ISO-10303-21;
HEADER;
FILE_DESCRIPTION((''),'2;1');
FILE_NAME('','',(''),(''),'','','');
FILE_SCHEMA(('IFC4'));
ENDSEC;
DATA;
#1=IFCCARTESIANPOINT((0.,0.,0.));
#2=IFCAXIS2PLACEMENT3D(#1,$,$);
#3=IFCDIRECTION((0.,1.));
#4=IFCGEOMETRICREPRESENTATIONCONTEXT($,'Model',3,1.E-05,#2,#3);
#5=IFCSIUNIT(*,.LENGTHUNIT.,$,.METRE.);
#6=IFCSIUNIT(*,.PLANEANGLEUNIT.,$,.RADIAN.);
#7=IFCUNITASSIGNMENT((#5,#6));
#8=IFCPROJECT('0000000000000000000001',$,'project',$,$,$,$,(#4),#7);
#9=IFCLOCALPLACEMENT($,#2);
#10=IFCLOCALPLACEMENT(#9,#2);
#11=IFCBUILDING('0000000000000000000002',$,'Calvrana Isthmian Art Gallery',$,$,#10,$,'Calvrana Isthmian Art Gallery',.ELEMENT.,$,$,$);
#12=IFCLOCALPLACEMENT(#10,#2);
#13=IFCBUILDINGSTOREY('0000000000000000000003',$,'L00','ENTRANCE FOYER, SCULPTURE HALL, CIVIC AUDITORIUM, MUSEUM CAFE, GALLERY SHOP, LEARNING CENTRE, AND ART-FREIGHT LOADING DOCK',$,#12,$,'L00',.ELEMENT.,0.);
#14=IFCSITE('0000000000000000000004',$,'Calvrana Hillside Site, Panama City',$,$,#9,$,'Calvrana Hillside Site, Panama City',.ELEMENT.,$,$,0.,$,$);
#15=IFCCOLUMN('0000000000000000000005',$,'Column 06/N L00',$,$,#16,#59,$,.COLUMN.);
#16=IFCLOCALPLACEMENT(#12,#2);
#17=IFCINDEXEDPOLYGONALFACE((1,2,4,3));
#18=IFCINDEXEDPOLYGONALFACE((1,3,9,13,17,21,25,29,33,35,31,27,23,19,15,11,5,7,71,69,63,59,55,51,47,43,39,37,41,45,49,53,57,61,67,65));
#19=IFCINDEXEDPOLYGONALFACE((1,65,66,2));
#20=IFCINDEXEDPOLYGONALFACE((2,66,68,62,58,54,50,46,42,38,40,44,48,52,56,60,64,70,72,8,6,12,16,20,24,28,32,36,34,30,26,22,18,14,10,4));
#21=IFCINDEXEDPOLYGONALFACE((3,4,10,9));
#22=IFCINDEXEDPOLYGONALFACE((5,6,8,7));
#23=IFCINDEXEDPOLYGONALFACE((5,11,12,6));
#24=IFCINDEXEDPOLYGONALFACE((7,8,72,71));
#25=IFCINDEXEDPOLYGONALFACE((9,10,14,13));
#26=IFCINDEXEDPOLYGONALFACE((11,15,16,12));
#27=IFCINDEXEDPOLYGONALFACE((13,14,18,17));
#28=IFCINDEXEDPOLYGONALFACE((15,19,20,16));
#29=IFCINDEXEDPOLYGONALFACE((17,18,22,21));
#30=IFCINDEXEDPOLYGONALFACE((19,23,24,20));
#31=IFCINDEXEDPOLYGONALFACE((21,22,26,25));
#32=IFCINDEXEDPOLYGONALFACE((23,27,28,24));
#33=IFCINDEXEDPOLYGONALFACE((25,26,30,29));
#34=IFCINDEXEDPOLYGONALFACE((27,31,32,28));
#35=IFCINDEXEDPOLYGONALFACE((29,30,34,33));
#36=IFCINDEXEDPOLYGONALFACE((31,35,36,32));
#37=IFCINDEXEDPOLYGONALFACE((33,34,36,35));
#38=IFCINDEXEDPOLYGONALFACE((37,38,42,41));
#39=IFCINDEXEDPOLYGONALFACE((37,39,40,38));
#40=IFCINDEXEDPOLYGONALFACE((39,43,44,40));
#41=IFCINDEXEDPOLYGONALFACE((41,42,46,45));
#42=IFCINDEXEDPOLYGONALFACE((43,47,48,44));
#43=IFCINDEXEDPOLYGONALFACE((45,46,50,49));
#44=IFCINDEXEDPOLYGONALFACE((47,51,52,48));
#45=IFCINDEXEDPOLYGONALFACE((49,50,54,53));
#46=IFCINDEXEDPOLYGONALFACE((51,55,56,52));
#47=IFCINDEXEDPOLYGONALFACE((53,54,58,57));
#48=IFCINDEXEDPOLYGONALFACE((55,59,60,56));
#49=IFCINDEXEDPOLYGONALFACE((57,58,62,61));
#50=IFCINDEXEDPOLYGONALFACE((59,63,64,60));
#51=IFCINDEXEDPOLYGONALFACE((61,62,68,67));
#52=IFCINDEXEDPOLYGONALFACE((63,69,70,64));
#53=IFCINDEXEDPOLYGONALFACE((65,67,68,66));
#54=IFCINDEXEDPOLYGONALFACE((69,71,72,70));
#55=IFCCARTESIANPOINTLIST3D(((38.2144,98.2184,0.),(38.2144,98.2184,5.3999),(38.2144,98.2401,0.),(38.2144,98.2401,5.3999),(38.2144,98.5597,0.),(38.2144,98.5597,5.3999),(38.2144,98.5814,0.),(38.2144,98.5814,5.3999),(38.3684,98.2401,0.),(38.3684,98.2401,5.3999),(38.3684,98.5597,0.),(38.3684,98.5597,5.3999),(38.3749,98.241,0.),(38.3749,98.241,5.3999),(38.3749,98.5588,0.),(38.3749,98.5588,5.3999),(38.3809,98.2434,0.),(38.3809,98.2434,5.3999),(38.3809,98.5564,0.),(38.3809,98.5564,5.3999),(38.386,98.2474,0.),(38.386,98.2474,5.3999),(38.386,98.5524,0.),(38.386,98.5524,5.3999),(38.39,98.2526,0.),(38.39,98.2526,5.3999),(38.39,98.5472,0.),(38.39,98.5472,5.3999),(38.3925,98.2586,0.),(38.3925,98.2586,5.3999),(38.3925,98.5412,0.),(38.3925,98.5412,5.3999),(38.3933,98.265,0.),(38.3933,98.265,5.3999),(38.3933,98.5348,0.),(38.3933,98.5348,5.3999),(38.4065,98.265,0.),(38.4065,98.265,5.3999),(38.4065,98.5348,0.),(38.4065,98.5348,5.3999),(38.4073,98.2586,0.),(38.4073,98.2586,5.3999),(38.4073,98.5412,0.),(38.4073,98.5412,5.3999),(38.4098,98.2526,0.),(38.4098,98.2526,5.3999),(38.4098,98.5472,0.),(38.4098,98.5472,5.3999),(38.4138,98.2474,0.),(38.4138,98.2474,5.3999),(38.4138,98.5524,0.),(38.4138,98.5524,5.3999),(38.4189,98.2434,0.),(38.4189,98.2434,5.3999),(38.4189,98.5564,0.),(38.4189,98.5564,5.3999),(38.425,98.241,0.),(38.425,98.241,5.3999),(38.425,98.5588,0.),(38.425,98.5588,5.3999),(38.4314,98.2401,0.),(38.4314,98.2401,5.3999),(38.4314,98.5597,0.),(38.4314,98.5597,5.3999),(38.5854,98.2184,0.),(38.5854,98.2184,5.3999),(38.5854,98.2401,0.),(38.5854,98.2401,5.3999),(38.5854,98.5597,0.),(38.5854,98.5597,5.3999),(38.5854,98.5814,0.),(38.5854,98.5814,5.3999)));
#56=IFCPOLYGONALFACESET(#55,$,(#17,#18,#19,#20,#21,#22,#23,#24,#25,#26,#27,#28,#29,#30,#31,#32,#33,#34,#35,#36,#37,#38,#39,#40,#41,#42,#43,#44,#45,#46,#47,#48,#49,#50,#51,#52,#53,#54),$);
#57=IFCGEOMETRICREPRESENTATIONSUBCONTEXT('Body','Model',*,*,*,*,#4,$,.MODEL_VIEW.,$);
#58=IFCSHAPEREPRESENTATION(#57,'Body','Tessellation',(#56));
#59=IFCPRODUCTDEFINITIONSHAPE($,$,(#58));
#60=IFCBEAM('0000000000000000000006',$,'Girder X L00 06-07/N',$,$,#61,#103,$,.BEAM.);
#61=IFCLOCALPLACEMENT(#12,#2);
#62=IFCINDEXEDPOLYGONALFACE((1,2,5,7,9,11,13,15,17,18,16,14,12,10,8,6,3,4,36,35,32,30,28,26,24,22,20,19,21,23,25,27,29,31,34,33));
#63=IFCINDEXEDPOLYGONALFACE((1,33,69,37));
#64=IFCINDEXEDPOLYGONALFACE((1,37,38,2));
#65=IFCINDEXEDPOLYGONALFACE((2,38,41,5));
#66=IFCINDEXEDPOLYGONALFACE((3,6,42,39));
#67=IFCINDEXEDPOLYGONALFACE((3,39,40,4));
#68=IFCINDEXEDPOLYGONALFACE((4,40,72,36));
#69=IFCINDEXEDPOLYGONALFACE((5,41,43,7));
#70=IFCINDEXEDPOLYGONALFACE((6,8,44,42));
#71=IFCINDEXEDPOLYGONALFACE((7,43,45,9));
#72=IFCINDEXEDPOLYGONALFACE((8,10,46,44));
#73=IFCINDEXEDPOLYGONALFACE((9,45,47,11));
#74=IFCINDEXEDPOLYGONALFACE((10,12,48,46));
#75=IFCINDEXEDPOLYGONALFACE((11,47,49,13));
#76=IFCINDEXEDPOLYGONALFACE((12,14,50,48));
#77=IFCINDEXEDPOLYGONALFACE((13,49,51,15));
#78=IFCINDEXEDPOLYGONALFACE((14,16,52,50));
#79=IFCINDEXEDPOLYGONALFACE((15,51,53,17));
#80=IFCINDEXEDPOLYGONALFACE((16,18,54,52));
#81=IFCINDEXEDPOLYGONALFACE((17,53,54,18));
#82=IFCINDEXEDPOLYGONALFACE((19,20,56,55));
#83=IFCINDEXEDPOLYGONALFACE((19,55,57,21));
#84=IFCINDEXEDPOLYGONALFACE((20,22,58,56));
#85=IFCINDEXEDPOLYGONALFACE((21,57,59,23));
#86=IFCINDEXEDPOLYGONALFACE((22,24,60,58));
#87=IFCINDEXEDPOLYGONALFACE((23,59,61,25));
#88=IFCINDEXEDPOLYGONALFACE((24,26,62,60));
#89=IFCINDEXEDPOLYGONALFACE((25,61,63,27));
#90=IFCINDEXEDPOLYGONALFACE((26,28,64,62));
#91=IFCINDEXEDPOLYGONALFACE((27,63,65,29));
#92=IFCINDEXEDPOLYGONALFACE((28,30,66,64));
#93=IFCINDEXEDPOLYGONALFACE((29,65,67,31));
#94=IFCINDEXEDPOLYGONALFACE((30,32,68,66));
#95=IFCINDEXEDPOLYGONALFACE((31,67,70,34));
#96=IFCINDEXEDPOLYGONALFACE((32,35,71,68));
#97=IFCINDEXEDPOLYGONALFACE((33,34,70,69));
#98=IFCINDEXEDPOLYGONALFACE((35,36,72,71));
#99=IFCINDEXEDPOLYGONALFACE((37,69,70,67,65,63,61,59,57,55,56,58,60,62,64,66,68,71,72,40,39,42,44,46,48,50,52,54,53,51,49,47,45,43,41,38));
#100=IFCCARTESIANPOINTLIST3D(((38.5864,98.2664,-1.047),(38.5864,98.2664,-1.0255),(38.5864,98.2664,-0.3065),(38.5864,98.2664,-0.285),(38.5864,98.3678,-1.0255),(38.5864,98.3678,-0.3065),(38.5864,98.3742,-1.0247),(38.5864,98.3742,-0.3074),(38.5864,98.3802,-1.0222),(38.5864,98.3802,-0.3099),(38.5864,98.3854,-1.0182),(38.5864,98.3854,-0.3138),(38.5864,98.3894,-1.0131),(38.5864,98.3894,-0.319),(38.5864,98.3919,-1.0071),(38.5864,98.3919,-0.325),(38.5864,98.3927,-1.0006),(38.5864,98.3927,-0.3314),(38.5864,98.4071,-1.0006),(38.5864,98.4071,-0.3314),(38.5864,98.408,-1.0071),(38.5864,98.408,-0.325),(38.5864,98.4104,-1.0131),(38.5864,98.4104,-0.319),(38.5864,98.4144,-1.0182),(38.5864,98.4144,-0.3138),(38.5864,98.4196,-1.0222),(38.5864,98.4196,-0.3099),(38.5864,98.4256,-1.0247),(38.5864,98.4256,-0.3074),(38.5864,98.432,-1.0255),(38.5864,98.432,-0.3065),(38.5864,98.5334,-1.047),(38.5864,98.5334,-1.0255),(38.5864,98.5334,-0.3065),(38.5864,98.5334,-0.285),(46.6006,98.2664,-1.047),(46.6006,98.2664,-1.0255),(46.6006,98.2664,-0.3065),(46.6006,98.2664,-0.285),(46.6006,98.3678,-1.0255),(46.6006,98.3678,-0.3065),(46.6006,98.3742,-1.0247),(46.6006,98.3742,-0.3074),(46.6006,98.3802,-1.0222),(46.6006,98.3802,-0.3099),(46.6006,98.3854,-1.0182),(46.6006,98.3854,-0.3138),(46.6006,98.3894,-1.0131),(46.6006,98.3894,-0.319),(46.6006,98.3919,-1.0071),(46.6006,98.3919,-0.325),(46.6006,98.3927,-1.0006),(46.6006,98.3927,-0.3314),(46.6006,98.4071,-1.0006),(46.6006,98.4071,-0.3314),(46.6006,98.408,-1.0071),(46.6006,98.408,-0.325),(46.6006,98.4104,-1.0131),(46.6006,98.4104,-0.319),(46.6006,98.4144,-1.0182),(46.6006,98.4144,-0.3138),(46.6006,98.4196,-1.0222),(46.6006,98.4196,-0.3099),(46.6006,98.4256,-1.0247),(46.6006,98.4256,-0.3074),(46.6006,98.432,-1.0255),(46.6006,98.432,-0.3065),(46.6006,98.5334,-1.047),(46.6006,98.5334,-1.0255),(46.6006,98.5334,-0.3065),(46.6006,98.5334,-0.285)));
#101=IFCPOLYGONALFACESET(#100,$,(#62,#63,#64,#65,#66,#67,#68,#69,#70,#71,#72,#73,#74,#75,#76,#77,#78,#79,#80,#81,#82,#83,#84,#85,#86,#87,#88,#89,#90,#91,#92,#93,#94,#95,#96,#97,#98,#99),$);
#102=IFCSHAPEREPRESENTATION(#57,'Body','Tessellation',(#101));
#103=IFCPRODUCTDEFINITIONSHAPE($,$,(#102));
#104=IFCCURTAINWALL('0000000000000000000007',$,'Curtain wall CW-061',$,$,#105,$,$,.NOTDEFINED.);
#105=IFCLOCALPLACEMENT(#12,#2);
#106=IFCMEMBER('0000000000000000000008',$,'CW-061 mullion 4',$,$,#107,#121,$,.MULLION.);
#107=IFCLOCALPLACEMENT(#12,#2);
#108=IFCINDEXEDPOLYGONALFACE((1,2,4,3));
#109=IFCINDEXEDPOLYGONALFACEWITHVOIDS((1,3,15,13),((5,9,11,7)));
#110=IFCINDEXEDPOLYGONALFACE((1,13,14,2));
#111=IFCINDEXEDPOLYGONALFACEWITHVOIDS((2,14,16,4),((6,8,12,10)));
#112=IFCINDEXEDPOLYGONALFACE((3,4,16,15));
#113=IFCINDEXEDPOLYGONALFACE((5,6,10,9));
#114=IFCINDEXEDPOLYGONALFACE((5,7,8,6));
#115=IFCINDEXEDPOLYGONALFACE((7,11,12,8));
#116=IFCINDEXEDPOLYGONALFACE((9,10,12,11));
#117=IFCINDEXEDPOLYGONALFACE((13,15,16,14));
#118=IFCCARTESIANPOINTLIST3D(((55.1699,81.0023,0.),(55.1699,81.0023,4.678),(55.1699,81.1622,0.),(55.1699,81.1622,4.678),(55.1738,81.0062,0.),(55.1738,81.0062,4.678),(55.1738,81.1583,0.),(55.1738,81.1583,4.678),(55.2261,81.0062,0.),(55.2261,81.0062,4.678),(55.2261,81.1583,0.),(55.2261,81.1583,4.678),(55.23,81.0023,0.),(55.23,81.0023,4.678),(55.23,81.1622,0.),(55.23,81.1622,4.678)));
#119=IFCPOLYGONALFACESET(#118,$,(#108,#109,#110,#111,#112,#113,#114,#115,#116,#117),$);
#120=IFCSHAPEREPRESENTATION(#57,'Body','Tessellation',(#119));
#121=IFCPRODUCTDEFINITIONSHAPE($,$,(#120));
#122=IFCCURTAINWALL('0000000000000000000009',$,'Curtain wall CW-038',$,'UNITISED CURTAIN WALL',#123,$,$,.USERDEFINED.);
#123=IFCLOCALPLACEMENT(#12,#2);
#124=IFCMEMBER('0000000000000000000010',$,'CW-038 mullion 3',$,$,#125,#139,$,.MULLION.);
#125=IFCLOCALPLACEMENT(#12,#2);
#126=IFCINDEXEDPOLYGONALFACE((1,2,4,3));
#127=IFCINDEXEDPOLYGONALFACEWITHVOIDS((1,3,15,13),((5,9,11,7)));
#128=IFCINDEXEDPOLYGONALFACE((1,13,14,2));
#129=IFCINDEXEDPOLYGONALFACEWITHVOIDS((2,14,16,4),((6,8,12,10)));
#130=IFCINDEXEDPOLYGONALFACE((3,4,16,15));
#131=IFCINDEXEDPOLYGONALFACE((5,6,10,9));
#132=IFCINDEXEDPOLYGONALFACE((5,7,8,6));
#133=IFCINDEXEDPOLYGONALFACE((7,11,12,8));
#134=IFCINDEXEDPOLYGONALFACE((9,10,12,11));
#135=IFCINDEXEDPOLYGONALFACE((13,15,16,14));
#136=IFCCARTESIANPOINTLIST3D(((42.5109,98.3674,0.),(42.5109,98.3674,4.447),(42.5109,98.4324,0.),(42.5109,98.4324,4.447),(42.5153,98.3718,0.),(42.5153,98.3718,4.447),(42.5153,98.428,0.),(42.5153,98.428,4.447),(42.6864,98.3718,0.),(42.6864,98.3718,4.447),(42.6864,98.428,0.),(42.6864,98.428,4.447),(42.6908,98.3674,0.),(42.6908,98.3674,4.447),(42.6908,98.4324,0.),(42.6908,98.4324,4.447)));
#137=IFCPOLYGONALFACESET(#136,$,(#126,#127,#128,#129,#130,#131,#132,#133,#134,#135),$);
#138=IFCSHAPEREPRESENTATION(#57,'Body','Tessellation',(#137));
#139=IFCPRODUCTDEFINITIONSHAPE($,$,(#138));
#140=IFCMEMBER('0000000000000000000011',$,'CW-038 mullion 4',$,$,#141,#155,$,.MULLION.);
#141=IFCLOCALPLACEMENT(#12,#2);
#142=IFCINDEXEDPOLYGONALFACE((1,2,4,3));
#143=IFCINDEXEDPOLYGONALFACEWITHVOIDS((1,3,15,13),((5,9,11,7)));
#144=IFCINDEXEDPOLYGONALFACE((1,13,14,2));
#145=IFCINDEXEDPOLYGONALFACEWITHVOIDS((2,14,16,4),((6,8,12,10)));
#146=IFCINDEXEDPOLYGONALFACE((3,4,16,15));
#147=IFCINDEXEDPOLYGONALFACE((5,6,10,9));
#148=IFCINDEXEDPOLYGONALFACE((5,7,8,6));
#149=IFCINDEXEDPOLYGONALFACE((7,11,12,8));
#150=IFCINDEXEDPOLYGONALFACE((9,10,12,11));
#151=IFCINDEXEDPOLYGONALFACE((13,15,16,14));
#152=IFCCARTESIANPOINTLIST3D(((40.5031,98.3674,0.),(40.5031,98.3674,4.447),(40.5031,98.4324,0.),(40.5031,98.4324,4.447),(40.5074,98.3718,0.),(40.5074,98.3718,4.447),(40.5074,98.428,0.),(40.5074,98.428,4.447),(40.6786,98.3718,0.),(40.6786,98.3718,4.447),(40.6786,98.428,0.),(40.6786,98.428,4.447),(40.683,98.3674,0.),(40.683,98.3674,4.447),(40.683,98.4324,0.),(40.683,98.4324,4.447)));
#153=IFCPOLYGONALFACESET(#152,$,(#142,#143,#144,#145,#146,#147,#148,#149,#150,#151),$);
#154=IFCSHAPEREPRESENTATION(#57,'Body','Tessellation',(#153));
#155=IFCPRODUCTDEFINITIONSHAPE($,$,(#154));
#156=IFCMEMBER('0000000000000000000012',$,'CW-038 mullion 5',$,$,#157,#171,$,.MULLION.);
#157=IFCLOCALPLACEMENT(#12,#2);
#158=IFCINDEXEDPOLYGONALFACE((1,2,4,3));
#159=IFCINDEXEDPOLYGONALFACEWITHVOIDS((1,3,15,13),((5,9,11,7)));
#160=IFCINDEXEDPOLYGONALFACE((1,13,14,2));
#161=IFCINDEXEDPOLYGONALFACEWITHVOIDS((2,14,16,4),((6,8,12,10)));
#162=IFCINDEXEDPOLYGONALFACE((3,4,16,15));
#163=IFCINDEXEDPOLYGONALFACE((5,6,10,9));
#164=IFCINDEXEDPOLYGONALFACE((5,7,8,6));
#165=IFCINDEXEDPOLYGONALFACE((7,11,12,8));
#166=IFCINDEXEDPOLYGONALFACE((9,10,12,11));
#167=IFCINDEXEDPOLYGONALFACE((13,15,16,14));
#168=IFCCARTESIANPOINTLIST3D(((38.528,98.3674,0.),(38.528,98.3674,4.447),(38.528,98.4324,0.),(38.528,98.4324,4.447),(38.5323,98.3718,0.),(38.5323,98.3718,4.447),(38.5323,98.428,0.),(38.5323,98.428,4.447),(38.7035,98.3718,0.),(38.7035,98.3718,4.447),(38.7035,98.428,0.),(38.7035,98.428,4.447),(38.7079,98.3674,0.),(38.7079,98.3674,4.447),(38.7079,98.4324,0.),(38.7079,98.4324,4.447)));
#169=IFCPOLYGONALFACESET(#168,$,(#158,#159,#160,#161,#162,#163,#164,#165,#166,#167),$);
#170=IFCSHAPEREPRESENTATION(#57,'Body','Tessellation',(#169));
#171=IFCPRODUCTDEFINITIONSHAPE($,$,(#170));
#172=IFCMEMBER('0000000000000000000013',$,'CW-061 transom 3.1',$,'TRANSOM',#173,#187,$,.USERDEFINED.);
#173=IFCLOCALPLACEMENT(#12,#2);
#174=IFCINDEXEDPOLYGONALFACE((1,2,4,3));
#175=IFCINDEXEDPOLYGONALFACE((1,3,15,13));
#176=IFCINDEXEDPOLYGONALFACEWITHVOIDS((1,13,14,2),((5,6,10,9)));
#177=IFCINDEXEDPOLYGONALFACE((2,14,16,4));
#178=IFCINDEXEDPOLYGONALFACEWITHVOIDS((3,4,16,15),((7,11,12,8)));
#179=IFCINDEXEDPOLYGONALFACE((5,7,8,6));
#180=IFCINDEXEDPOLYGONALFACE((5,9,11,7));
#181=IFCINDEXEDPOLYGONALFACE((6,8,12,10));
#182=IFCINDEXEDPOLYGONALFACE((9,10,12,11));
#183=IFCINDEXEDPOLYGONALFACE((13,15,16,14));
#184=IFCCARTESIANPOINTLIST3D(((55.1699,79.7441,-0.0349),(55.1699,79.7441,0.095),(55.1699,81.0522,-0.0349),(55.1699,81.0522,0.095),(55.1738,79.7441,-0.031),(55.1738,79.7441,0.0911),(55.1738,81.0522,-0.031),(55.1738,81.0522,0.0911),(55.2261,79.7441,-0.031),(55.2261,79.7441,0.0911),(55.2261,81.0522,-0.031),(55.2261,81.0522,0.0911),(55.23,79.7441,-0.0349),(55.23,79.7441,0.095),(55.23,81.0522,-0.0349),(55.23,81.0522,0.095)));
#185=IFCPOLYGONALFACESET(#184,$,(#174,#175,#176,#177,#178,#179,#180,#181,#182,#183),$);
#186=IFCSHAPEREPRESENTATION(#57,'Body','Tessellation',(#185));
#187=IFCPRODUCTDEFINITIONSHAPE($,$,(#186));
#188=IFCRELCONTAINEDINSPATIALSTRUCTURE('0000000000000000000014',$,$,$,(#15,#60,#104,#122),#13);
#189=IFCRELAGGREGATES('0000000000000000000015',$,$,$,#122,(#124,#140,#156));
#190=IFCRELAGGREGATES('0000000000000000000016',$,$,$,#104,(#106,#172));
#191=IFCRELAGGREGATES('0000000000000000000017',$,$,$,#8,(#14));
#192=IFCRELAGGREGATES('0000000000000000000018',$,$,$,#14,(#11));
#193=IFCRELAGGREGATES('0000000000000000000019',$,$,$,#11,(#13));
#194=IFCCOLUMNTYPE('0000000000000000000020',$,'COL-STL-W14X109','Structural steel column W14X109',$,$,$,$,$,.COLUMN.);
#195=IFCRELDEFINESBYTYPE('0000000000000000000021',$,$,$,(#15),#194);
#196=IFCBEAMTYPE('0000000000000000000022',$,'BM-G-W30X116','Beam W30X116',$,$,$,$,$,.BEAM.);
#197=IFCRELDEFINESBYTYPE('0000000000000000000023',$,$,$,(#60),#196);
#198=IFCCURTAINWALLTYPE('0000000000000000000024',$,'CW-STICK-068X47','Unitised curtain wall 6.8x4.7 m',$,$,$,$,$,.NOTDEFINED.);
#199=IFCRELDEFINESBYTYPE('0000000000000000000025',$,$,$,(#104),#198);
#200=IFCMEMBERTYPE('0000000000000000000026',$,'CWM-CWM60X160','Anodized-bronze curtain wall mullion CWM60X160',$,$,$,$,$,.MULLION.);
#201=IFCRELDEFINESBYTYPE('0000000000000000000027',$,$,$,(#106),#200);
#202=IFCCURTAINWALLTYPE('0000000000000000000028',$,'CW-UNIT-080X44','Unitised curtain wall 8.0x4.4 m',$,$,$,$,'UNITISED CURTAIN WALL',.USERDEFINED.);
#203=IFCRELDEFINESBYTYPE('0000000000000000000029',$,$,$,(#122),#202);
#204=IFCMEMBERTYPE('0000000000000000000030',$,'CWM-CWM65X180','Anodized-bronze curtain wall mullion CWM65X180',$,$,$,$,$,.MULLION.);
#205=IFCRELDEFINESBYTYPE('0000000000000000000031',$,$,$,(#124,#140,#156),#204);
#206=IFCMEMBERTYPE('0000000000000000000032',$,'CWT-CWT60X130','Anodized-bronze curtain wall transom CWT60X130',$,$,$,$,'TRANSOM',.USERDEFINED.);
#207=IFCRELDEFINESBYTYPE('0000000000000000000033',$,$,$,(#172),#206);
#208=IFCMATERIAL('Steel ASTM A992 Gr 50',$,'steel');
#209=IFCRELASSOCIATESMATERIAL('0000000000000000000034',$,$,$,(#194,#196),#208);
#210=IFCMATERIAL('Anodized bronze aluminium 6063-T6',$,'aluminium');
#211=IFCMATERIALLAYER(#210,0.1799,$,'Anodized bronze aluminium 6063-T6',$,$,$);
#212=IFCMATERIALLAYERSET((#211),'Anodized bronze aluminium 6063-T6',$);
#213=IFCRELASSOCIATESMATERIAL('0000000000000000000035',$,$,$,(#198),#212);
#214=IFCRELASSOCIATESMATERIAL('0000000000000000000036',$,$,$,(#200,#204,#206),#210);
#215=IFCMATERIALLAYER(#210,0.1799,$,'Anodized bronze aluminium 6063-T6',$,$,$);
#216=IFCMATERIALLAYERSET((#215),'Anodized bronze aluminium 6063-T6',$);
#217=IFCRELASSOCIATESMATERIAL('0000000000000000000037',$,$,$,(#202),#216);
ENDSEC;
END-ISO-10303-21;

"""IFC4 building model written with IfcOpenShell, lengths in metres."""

from ifc_helpers import new_model, si_unit, direction, frame, origin, origin_2d, place, context, subcontext, project, spatial, hollow_rectangle, i_section, extrude, material, layer, layer_set, material_profile, profile_set, type_object, element, aggregate, save


model = new_model("IFC4")

# Units and contexts
model_context = context("Model", 3, precision=1e-05, world=origin(), true_north=direction((0.0, 1.0)))
body_context = subcontext(model_context, "Body", "Model", "MODEL_VIEW")
ifc_project = project(units=[si_unit("LENGTHUNIT", "METRE"), si_unit("PLANEANGLEUNIT", "RADIAN")], contexts=[model_context])

# Site, building, storey
site_placement = place(None, origin())
site = spatial("IfcSite", under=ifc_project, at=site_placement, Name="Calvrana Hillside Site, Panama City", LongName="Calvrana Hillside Site, Panama City", CompositionType="ELEMENT", RefElevation=0.0)
building_placement = place(site_placement, origin())
building = spatial("IfcBuilding", under=site, at=building_placement, Name="Calvrana Isthmian Art Gallery", LongName="Calvrana Isthmian Art Gallery", CompositionType="ELEMENT")
storey_placement = place(building_placement, origin())
storey = spatial("IfcBuildingStorey", under=building, at=storey_placement, Name="L00", Description="ENTRANCE FOYER, SCULPTURE HALL, CIVIC AUDITORIUM, MUSEUM CAFE, GALLERY SHOP, LEARNING CENTRE, AND ART-FREIGHT LOADING DOCK", LongName="L00", CompositionType="ELEMENT", Elevation=0.0)

# Column
ifc_material_1 = material(Name="Steel ASTM A992 Gr 50", Category="steel")
ifc_material_profile_1 = material_profile(ifc_material_1, i_section(OverallWidth=0.3711, OverallDepth=0.363, WebThickness=0.0132, FlangeThickness=0.0217, FilletRadius=0.0249, at=origin_2d()), Name="W14X109")
ifc_profile_set_1 = profile_set([ifc_material_profile_1], Name="Steel ASTM A992 Gr 50")
column_type = type_object("IfcColumnType", Name="COL-STL-W14X109", Description="Structural steel column W14X109", PredefinedType="COLUMN", material=ifc_profile_set_1)
column_placement = place(storey_placement, frame((38.3999, 98.3999, 0.0), z_axis=(0.0, 0.0, 1.0), x_axis=(1.0, 0.0, 0.0)))
element("IfcColumn", 1, at=column_placement, inside=storey, type_object=column_type, Name="Column 06/N L00", PredefinedType="COLUMN", context=body_context, shape_type="SweptSolid", body=[
    extrude(i_section(OverallWidth=0.3711, OverallDepth=0.363, WebThickness=0.0132, FlangeThickness=0.0217, FilletRadius=0.0249, at=origin_2d()), origin(), (0.0, 0.0, 1.0), 5.3999),
])

# Beam
ifc_material_profile_2 = material_profile(ifc_material_1, i_section(OverallWidth=0.2671, OverallDepth=0.762, WebThickness=0.0144, FlangeThickness=0.0215, FilletRadius=0.0249, at=origin_2d()), Name="W30X116")
ifc_profile_set_2 = profile_set([ifc_material_profile_2], Name="Steel ASTM A992 Gr 50")
beam_type = type_object("IfcBeamType", Name="BM-G-W30X116", Description="Beam W30X116", PredefinedType="BEAM", material=ifc_profile_set_2)
beam_placement = place(storey_placement, frame((38.5864, 98.3999, -0.666), z_axis=(1.0, 0.0, 0.0), x_axis=(0.0, 1.0, 0.0)))
element("IfcBeam", 2, at=beam_placement, inside=storey, type_object=beam_type, Name="Girder X L00 06-07/N", PredefinedType="BEAM", context=body_context, shape_type="SweptSolid", body=[
    extrude(i_section(OverallWidth=0.2671, OverallDepth=0.762, WebThickness=0.0144, FlangeThickness=0.0215, FilletRadius=0.0249, at=origin_2d()), origin(), (0.0, 0.0, 1.0), 8.0142),
])

# Curtain wall, member
ifc_material_2 = material(Name="Anodized bronze aluminium 6063-T6", Category="aluminium")
ifc_layer_1 = layer(ifc_material_2, 0.1799, Name="Anodized bronze aluminium 6063-T6")
ifc_layer_set_1 = layer_set([ifc_layer_1], Name="Anodized bronze aluminium 6063-T6")
curtain_wall_type_1 = type_object("IfcCurtainWallType", Name="CW-STICK-068X47", Description="Unitised curtain wall 6.8x4.7 m", PredefinedType="NOTDEFINED", material=ifc_layer_set_1)
curtain_wall_1_placement = place(storey_placement, origin())
curtain_wall_1 = element("IfcCurtainWall", 3, at=curtain_wall_1_placement, inside=storey, type_object=curtain_wall_type_1, Name="Curtain wall CW-061", PredefinedType="NOTDEFINED")
ifc_material_profile_3 = material_profile(ifc_material_2, hollow_rectangle(XDim=0.0601, YDim=0.1599, WallThickness=0.0039, at=origin_2d()), Name="CWM60X160")
ifc_profile_set_3 = profile_set([ifc_material_profile_3], Name="Anodized bronze aluminium 6063-T6")
member_type_1 = type_object("IfcMemberType", Name="CWM-CWM60X160", Description="Anodized-bronze curtain wall mullion CWM60X160", PredefinedType="MULLION", material=ifc_profile_set_3)
member_1_placement = place(storey_placement, frame((55.2, 81.0823, 0.0), z_axis=(0.0, 0.0, 1.0), x_axis=(-1.0, 0.0, 0.0)))
member_1 = element("IfcMember", 4, at=member_1_placement, type_object=member_type_1, Name="CW-061 mullion 4", PredefinedType="MULLION", context=body_context, shape_type="SweptSolid", body=[
    extrude(hollow_rectangle(XDim=0.0601, YDim=0.1599, WallThickness=0.0039, at=origin_2d()), origin(), (0.0, 0.0, 1.0), 4.678),
])

# Curtain wall, members
ifc_layer_2 = layer(ifc_material_2, 0.1799, Name="Anodized bronze aluminium 6063-T6")
ifc_layer_set_2 = layer_set([ifc_layer_2], Name="Anodized bronze aluminium 6063-T6")
curtain_wall_type_2 = type_object("IfcCurtainWallType", Name="CW-UNIT-080X44", Description="Unitised curtain wall 8.0x4.4 m", ElementType="UNITISED CURTAIN WALL", PredefinedType="USERDEFINED", material=ifc_layer_set_2)
curtain_wall_2_placement = place(storey_placement, origin())
curtain_wall_2 = element("IfcCurtainWall", 5, at=curtain_wall_2_placement, inside=storey, type_object=curtain_wall_type_2, Name="Curtain wall CW-038", ObjectType="UNITISED CURTAIN WALL", PredefinedType="USERDEFINED")
ifc_material_profile_4 = material_profile(ifc_material_2, hollow_rectangle(XDim=0.0649, YDim=0.1799, WallThickness=0.0044, at=origin_2d()), Name="CWM65X180")
ifc_profile_set_4 = profile_set([ifc_material_profile_4], Name="Anodized bronze aluminium 6063-T6")
member_type_2 = type_object("IfcMemberType", Name="CWM-CWM65X180", Description="Anodized-bronze curtain wall mullion CWM65X180", PredefinedType="MULLION", material=ifc_profile_set_4)
member_2_placement = place(storey_placement, frame((42.6008, 98.3999, 0.0), z_axis=(0.0, 0.0, 1.0), x_axis=(0.0, -1.0, 0.0)))
member_2 = element("IfcMember", 6, at=member_2_placement, type_object=member_type_2, Name="CW-038 mullion 3", PredefinedType="MULLION", context=body_context, shape_type="SweptSolid", body=[
    extrude(hollow_rectangle(XDim=0.0649, YDim=0.1799, WallThickness=0.0044, at=origin_2d()), origin(), (0.0, 0.0, 1.0), 4.447),
])
member_3_placement = place(storey_placement, frame((40.593, 98.3999, 0.0), z_axis=(0.0, 0.0, 1.0), x_axis=(0.0, -1.0, 0.0)))
member_3 = element("IfcMember", 7, at=member_3_placement, type_object=member_type_2, Name="CW-038 mullion 4", PredefinedType="MULLION", context=body_context, shape_type="SweptSolid", body=[
    extrude(hollow_rectangle(XDim=0.0649, YDim=0.1799, WallThickness=0.0044, at=origin_2d()), origin(), (0.0, 0.0, 1.0), 4.447),
])
member_4_placement = place(storey_placement, frame((38.6179, 98.3999, 0.0), z_axis=(0.0, 0.0, 1.0), x_axis=(0.0, -1.0, 0.0)))
member_4 = element("IfcMember", 8, at=member_4_placement, type_object=member_type_2, Name="CW-038 mullion 5", PredefinedType="MULLION", context=body_context, shape_type="SweptSolid", body=[
    extrude(hollow_rectangle(XDim=0.0649, YDim=0.1799, WallThickness=0.0044, at=origin_2d()), origin(), (0.0, 0.0, 1.0), 4.447),
])

# Member
ifc_material_profile_5 = material_profile(ifc_material_2, hollow_rectangle(XDim=0.0601, YDim=0.1299, WallThickness=0.0039, at=origin_2d()), Name="CWT60X130")
ifc_profile_set_5 = profile_set([ifc_material_profile_5], Name="Anodized bronze aluminium 6063-T6")
member_type_3 = type_object("IfcMemberType", Name="CWT-CWT60X130", Description="Anodized-bronze curtain wall transom CWT60X130", ElementType="TRANSOM", PredefinedType="USERDEFINED", material=ifc_profile_set_5)
member_5_placement = place(storey_placement, frame((55.2, 79.7441, 0.03), z_axis=(0.0, 1.0, 0.0), x_axis=(-1.0, 0.0, 0.0)))
member_5 = element("IfcMember", 9, at=member_5_placement, type_object=member_type_3, Name="CW-061 transom 3.1", ObjectType="TRANSOM", PredefinedType="USERDEFINED", context=body_context, shape_type="SweptSolid", body=[
    extrude(hollow_rectangle(XDim=0.0601, YDim=0.1299, WallThickness=0.0039, at=origin_2d()), origin(), (0.0, 0.0, 1.0), 1.3081),
])

aggregate(curtain_wall_2, [member_2, member_3, member_4])
aggregate(curtain_wall_1, [member_1, member_5])

save(model, "model.ifc")
